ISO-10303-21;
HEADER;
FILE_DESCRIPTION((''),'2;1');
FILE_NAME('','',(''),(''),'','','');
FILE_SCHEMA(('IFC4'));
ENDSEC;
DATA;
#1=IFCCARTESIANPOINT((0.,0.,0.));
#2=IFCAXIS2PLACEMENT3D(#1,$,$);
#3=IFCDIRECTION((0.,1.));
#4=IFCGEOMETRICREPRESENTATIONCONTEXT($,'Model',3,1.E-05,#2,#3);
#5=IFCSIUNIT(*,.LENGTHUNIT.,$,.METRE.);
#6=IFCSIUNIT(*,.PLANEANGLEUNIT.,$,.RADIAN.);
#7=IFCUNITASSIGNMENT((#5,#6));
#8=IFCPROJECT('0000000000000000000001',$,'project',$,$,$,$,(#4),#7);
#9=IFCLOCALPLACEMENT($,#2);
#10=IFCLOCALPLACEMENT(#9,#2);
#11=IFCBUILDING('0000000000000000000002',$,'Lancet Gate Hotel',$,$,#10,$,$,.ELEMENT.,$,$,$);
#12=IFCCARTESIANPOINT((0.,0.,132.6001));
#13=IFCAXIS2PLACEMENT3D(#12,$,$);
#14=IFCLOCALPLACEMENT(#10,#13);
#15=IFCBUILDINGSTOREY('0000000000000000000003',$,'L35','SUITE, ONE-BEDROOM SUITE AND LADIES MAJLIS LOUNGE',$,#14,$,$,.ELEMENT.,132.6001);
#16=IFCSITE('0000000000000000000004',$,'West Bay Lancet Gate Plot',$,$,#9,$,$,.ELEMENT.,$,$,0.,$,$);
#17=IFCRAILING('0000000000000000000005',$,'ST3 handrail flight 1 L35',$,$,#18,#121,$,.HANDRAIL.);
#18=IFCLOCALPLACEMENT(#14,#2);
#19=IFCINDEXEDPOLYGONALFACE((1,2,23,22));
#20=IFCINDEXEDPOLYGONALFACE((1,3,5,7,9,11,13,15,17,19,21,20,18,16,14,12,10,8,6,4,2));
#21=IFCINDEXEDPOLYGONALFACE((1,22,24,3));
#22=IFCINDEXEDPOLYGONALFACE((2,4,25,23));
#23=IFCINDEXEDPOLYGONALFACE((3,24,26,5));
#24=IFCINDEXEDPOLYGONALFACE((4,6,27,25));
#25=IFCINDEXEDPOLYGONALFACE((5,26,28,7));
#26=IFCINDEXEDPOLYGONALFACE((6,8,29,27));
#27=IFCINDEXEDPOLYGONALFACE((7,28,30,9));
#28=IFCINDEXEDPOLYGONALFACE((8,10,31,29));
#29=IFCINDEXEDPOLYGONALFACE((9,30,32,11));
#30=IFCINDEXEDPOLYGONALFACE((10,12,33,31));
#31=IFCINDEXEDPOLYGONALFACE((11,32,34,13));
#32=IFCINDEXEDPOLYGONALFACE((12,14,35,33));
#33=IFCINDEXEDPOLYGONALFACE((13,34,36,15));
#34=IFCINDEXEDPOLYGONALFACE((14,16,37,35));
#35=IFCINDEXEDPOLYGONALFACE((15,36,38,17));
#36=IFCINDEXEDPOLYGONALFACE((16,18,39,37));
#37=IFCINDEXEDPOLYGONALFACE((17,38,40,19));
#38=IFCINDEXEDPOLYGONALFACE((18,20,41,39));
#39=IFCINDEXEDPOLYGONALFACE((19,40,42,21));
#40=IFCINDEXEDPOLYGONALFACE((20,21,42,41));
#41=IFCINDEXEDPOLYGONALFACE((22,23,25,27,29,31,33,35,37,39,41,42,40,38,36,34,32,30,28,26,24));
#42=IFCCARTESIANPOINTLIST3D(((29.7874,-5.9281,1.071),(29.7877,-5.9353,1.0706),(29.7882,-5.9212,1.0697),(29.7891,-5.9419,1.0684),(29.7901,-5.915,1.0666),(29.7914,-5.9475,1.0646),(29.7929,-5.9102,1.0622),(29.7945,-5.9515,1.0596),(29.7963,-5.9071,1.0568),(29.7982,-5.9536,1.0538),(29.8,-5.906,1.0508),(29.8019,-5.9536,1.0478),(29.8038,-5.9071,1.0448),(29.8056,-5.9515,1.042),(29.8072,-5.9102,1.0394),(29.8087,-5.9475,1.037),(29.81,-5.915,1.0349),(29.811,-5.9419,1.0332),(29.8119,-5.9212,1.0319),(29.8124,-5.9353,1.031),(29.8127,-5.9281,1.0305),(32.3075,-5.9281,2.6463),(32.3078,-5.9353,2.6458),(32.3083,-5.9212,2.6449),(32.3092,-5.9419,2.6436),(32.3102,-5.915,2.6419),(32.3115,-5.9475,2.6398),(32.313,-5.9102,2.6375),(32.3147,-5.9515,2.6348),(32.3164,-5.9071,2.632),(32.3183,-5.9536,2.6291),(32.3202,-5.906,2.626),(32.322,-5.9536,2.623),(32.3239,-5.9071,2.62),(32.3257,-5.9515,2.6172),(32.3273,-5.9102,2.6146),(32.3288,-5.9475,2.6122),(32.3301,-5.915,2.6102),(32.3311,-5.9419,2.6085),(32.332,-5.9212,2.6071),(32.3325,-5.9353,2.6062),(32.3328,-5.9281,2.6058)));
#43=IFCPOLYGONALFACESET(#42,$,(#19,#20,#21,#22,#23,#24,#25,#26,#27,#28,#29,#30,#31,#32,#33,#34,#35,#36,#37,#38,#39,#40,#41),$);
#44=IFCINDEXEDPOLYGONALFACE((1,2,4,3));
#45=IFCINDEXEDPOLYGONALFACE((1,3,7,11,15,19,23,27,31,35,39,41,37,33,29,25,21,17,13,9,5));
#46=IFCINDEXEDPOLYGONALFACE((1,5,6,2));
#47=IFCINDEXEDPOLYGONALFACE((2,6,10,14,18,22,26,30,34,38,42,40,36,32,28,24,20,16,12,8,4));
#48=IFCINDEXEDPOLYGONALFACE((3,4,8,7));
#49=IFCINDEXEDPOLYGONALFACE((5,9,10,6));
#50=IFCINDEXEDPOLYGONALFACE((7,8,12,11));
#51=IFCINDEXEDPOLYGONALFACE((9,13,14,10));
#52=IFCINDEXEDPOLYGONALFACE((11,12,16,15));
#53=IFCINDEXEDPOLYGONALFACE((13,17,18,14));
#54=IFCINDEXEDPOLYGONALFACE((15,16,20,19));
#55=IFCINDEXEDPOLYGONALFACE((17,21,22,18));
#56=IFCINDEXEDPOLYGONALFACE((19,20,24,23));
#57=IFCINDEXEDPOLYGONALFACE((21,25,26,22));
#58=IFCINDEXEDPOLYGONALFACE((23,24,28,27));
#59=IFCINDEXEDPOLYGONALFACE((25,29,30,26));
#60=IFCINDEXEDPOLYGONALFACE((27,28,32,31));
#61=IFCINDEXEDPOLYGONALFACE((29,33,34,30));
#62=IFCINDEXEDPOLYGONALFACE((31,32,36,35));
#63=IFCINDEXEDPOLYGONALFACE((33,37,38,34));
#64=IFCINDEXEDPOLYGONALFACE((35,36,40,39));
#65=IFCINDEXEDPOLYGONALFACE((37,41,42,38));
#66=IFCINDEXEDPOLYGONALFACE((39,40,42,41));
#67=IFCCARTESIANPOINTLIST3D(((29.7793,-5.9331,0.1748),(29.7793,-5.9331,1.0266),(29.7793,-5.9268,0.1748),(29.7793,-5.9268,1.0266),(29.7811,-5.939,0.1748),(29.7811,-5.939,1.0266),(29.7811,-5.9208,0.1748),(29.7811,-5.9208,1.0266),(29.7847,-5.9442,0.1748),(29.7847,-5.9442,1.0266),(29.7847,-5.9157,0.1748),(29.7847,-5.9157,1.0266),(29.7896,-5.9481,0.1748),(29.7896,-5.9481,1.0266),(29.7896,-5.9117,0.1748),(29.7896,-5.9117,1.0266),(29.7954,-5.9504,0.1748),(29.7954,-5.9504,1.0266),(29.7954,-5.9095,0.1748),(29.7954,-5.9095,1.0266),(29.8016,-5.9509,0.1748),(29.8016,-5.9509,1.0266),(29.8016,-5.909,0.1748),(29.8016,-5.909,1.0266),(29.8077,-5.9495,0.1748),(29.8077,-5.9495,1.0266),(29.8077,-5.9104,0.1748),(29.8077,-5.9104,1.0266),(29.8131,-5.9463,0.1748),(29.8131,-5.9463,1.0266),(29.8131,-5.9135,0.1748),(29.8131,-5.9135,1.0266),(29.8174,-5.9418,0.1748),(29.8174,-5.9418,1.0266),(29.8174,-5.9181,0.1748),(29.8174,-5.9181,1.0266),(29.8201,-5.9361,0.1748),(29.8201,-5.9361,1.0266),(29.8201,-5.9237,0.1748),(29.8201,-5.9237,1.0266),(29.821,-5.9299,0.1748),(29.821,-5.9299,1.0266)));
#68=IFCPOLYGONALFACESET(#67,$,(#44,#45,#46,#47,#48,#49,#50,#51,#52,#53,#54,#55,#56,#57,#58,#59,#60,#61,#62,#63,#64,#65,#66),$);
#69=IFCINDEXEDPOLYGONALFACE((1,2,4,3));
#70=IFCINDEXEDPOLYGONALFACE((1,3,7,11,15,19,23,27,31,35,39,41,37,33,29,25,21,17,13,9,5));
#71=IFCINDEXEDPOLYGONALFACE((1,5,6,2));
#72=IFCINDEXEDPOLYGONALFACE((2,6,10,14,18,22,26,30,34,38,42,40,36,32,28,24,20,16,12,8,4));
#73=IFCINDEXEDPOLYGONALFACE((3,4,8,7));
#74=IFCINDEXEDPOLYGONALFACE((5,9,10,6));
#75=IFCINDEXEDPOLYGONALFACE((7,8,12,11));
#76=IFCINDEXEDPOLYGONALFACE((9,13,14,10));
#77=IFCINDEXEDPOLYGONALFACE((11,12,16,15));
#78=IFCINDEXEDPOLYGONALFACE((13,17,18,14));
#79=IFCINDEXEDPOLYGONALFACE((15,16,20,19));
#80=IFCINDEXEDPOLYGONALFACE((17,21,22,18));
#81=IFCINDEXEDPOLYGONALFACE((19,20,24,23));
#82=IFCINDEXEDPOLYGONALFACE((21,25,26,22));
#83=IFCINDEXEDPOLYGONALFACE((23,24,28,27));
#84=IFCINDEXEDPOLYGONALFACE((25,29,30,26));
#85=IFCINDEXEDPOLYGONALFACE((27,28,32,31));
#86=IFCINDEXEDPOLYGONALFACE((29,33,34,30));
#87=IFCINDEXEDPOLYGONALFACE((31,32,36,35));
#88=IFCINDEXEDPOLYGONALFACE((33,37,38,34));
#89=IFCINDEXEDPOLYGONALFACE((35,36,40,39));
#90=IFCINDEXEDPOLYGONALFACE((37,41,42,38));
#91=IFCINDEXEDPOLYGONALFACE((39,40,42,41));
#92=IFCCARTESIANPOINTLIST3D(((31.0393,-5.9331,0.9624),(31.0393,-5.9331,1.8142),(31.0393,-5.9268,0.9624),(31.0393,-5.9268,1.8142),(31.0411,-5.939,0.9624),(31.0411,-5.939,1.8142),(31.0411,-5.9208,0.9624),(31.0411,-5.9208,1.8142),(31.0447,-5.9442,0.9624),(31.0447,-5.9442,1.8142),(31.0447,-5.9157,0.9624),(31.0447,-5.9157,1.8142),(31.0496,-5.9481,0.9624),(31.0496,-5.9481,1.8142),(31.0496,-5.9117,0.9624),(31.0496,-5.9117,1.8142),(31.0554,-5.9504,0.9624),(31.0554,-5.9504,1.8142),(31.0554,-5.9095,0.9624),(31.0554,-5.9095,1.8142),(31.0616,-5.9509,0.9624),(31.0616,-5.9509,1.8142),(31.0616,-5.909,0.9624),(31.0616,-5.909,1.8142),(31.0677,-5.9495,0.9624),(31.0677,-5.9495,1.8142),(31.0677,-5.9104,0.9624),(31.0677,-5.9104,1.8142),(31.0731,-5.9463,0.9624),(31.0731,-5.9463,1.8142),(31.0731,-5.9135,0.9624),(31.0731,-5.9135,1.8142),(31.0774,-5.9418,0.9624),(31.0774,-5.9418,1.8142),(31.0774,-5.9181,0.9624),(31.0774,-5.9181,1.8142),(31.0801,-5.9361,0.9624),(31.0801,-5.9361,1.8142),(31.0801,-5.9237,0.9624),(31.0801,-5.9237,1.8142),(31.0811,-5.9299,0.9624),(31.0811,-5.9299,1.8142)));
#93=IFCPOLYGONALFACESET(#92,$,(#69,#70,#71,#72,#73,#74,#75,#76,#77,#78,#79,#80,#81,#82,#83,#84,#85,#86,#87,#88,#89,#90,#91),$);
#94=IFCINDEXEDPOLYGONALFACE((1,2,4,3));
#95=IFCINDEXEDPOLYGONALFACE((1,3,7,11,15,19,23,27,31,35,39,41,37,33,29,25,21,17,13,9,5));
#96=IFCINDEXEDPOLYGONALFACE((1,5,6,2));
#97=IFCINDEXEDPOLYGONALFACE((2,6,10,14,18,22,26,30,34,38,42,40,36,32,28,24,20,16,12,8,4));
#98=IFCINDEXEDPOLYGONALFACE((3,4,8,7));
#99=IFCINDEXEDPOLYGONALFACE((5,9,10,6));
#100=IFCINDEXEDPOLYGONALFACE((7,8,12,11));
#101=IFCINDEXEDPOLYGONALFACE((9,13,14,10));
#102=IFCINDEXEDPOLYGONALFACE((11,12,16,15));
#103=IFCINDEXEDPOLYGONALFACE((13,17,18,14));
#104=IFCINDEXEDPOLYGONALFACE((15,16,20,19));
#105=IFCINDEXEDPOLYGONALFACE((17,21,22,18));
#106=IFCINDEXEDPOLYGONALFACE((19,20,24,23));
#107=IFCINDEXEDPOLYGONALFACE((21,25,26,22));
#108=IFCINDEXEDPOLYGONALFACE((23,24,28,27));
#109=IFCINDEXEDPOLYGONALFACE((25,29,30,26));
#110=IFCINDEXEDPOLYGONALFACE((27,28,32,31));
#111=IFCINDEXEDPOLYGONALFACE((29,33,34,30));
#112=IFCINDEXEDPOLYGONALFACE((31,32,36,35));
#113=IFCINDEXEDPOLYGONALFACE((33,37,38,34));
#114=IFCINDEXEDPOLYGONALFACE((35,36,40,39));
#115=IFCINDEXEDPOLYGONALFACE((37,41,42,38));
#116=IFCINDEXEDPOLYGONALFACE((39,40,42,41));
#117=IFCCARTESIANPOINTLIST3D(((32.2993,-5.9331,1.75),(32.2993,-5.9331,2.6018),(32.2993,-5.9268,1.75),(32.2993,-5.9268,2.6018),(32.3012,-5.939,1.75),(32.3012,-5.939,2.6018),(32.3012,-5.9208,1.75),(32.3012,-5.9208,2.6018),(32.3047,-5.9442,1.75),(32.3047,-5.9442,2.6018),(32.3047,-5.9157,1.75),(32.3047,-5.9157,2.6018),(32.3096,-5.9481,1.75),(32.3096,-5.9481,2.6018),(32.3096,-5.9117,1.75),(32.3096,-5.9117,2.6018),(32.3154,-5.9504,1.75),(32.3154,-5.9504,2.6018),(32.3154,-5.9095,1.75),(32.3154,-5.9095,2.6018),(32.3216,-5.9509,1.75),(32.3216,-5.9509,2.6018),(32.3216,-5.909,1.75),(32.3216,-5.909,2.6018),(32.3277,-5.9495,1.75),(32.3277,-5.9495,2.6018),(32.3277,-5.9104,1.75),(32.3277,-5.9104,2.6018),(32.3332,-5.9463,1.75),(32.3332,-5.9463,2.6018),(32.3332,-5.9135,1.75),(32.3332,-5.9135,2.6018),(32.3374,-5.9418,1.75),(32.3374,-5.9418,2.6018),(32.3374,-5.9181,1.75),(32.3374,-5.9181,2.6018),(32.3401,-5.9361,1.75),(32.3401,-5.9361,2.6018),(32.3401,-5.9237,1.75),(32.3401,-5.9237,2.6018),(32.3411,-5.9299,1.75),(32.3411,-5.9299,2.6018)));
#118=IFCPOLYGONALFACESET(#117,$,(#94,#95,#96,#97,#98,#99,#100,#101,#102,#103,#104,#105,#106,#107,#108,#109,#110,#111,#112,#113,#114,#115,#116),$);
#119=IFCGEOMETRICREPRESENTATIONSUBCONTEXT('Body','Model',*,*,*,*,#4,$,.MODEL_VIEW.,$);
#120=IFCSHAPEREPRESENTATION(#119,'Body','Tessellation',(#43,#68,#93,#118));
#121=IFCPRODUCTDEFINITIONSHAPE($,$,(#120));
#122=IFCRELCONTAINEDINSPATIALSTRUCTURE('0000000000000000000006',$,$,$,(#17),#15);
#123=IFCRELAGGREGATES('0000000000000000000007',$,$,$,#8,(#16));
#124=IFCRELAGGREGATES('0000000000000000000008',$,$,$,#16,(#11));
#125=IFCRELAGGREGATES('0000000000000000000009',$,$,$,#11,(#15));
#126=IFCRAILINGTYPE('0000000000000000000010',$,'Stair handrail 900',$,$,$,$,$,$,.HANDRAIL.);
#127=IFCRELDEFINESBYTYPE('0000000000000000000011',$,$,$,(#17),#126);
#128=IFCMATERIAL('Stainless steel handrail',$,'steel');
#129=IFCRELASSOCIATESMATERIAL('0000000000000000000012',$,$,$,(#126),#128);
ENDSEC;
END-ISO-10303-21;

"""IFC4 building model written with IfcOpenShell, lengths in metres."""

from ifc_helpers import new_model, si_unit, direction, frame, origin, origin_2d, place, context, subcontext, project, spatial, circle, extrude, material, type_object, element, save


model = new_model("IFC4")

# Units and contexts
model_context = context("Model", 3, precision=1e-05, world=origin(), true_north=direction((0.0, 1.0)))
body_context = subcontext(model_context, "Body", "Model", "MODEL_VIEW")
ifc_project = project(units=[si_unit("LENGTHUNIT", "METRE"), si_unit("PLANEANGLEUNIT", "RADIAN")], contexts=[model_context])

# Site, building, storey
site_placement = place(None, origin())
site = spatial("IfcSite", under=ifc_project, at=site_placement, Name="West Bay Lancet Gate Plot", CompositionType="ELEMENT", RefElevation=0.0)
building_placement = place(site_placement, origin())
building = spatial("IfcBuilding", under=site, at=building_placement, Name="Lancet Gate Hotel", CompositionType="ELEMENT")
storey_placement = place(building_placement, frame((0.0, 0.0, 132.6001)))
storey = spatial("IfcBuildingStorey", under=building, at=storey_placement, Name="L35", Description="SUITE, ONE-BEDROOM SUITE AND LADIES MAJLIS LOUNGE", CompositionType="ELEMENT", Elevation=132.6001)

# Railing
ifc_material_1 = material(Name="Stainless steel handrail", Category="steel")
railing_type = type_object("IfcRailingType", Name="Stair handrail 900", PredefinedType="HANDRAIL", material=ifc_material_1)
railing_1_placement = place(storey_placement, frame((29.8, -5.9299, 0.1748)))
element("IfcRailing", 1, at=railing_1_placement, inside=storey, type_object=railing_type, Name="ST3 handrail flight 1 L35", PredefinedType="HANDRAIL", context=body_context, shape_type="SweptSolid", body=[
    extrude(circle(Radius=0.0239, at=origin_2d()), frame((0.0, 0.0, 0.876), z_axis=(0.847971, 0.0, 0.530043), x_axis=(0.0, 1.0, 0.0)), (0.0, 0.0, 1.0), 2.9719),
    extrude(circle(Radius=0.021, at=origin_2d()), origin(), (0.0, 0.0, 1.0), 0.8518),
    extrude(circle(Radius=0.021, at=origin_2d()), frame((1.26, 0.0, 0.7876)), (0.0, 0.0, 1.0), 0.8518),
    extrude(circle(Radius=0.021, at=origin_2d()), frame((2.52, 0.0, 1.5752)), (0.0, 0.0, 1.0), 0.8518),
])

save(model, "model.ifc")
